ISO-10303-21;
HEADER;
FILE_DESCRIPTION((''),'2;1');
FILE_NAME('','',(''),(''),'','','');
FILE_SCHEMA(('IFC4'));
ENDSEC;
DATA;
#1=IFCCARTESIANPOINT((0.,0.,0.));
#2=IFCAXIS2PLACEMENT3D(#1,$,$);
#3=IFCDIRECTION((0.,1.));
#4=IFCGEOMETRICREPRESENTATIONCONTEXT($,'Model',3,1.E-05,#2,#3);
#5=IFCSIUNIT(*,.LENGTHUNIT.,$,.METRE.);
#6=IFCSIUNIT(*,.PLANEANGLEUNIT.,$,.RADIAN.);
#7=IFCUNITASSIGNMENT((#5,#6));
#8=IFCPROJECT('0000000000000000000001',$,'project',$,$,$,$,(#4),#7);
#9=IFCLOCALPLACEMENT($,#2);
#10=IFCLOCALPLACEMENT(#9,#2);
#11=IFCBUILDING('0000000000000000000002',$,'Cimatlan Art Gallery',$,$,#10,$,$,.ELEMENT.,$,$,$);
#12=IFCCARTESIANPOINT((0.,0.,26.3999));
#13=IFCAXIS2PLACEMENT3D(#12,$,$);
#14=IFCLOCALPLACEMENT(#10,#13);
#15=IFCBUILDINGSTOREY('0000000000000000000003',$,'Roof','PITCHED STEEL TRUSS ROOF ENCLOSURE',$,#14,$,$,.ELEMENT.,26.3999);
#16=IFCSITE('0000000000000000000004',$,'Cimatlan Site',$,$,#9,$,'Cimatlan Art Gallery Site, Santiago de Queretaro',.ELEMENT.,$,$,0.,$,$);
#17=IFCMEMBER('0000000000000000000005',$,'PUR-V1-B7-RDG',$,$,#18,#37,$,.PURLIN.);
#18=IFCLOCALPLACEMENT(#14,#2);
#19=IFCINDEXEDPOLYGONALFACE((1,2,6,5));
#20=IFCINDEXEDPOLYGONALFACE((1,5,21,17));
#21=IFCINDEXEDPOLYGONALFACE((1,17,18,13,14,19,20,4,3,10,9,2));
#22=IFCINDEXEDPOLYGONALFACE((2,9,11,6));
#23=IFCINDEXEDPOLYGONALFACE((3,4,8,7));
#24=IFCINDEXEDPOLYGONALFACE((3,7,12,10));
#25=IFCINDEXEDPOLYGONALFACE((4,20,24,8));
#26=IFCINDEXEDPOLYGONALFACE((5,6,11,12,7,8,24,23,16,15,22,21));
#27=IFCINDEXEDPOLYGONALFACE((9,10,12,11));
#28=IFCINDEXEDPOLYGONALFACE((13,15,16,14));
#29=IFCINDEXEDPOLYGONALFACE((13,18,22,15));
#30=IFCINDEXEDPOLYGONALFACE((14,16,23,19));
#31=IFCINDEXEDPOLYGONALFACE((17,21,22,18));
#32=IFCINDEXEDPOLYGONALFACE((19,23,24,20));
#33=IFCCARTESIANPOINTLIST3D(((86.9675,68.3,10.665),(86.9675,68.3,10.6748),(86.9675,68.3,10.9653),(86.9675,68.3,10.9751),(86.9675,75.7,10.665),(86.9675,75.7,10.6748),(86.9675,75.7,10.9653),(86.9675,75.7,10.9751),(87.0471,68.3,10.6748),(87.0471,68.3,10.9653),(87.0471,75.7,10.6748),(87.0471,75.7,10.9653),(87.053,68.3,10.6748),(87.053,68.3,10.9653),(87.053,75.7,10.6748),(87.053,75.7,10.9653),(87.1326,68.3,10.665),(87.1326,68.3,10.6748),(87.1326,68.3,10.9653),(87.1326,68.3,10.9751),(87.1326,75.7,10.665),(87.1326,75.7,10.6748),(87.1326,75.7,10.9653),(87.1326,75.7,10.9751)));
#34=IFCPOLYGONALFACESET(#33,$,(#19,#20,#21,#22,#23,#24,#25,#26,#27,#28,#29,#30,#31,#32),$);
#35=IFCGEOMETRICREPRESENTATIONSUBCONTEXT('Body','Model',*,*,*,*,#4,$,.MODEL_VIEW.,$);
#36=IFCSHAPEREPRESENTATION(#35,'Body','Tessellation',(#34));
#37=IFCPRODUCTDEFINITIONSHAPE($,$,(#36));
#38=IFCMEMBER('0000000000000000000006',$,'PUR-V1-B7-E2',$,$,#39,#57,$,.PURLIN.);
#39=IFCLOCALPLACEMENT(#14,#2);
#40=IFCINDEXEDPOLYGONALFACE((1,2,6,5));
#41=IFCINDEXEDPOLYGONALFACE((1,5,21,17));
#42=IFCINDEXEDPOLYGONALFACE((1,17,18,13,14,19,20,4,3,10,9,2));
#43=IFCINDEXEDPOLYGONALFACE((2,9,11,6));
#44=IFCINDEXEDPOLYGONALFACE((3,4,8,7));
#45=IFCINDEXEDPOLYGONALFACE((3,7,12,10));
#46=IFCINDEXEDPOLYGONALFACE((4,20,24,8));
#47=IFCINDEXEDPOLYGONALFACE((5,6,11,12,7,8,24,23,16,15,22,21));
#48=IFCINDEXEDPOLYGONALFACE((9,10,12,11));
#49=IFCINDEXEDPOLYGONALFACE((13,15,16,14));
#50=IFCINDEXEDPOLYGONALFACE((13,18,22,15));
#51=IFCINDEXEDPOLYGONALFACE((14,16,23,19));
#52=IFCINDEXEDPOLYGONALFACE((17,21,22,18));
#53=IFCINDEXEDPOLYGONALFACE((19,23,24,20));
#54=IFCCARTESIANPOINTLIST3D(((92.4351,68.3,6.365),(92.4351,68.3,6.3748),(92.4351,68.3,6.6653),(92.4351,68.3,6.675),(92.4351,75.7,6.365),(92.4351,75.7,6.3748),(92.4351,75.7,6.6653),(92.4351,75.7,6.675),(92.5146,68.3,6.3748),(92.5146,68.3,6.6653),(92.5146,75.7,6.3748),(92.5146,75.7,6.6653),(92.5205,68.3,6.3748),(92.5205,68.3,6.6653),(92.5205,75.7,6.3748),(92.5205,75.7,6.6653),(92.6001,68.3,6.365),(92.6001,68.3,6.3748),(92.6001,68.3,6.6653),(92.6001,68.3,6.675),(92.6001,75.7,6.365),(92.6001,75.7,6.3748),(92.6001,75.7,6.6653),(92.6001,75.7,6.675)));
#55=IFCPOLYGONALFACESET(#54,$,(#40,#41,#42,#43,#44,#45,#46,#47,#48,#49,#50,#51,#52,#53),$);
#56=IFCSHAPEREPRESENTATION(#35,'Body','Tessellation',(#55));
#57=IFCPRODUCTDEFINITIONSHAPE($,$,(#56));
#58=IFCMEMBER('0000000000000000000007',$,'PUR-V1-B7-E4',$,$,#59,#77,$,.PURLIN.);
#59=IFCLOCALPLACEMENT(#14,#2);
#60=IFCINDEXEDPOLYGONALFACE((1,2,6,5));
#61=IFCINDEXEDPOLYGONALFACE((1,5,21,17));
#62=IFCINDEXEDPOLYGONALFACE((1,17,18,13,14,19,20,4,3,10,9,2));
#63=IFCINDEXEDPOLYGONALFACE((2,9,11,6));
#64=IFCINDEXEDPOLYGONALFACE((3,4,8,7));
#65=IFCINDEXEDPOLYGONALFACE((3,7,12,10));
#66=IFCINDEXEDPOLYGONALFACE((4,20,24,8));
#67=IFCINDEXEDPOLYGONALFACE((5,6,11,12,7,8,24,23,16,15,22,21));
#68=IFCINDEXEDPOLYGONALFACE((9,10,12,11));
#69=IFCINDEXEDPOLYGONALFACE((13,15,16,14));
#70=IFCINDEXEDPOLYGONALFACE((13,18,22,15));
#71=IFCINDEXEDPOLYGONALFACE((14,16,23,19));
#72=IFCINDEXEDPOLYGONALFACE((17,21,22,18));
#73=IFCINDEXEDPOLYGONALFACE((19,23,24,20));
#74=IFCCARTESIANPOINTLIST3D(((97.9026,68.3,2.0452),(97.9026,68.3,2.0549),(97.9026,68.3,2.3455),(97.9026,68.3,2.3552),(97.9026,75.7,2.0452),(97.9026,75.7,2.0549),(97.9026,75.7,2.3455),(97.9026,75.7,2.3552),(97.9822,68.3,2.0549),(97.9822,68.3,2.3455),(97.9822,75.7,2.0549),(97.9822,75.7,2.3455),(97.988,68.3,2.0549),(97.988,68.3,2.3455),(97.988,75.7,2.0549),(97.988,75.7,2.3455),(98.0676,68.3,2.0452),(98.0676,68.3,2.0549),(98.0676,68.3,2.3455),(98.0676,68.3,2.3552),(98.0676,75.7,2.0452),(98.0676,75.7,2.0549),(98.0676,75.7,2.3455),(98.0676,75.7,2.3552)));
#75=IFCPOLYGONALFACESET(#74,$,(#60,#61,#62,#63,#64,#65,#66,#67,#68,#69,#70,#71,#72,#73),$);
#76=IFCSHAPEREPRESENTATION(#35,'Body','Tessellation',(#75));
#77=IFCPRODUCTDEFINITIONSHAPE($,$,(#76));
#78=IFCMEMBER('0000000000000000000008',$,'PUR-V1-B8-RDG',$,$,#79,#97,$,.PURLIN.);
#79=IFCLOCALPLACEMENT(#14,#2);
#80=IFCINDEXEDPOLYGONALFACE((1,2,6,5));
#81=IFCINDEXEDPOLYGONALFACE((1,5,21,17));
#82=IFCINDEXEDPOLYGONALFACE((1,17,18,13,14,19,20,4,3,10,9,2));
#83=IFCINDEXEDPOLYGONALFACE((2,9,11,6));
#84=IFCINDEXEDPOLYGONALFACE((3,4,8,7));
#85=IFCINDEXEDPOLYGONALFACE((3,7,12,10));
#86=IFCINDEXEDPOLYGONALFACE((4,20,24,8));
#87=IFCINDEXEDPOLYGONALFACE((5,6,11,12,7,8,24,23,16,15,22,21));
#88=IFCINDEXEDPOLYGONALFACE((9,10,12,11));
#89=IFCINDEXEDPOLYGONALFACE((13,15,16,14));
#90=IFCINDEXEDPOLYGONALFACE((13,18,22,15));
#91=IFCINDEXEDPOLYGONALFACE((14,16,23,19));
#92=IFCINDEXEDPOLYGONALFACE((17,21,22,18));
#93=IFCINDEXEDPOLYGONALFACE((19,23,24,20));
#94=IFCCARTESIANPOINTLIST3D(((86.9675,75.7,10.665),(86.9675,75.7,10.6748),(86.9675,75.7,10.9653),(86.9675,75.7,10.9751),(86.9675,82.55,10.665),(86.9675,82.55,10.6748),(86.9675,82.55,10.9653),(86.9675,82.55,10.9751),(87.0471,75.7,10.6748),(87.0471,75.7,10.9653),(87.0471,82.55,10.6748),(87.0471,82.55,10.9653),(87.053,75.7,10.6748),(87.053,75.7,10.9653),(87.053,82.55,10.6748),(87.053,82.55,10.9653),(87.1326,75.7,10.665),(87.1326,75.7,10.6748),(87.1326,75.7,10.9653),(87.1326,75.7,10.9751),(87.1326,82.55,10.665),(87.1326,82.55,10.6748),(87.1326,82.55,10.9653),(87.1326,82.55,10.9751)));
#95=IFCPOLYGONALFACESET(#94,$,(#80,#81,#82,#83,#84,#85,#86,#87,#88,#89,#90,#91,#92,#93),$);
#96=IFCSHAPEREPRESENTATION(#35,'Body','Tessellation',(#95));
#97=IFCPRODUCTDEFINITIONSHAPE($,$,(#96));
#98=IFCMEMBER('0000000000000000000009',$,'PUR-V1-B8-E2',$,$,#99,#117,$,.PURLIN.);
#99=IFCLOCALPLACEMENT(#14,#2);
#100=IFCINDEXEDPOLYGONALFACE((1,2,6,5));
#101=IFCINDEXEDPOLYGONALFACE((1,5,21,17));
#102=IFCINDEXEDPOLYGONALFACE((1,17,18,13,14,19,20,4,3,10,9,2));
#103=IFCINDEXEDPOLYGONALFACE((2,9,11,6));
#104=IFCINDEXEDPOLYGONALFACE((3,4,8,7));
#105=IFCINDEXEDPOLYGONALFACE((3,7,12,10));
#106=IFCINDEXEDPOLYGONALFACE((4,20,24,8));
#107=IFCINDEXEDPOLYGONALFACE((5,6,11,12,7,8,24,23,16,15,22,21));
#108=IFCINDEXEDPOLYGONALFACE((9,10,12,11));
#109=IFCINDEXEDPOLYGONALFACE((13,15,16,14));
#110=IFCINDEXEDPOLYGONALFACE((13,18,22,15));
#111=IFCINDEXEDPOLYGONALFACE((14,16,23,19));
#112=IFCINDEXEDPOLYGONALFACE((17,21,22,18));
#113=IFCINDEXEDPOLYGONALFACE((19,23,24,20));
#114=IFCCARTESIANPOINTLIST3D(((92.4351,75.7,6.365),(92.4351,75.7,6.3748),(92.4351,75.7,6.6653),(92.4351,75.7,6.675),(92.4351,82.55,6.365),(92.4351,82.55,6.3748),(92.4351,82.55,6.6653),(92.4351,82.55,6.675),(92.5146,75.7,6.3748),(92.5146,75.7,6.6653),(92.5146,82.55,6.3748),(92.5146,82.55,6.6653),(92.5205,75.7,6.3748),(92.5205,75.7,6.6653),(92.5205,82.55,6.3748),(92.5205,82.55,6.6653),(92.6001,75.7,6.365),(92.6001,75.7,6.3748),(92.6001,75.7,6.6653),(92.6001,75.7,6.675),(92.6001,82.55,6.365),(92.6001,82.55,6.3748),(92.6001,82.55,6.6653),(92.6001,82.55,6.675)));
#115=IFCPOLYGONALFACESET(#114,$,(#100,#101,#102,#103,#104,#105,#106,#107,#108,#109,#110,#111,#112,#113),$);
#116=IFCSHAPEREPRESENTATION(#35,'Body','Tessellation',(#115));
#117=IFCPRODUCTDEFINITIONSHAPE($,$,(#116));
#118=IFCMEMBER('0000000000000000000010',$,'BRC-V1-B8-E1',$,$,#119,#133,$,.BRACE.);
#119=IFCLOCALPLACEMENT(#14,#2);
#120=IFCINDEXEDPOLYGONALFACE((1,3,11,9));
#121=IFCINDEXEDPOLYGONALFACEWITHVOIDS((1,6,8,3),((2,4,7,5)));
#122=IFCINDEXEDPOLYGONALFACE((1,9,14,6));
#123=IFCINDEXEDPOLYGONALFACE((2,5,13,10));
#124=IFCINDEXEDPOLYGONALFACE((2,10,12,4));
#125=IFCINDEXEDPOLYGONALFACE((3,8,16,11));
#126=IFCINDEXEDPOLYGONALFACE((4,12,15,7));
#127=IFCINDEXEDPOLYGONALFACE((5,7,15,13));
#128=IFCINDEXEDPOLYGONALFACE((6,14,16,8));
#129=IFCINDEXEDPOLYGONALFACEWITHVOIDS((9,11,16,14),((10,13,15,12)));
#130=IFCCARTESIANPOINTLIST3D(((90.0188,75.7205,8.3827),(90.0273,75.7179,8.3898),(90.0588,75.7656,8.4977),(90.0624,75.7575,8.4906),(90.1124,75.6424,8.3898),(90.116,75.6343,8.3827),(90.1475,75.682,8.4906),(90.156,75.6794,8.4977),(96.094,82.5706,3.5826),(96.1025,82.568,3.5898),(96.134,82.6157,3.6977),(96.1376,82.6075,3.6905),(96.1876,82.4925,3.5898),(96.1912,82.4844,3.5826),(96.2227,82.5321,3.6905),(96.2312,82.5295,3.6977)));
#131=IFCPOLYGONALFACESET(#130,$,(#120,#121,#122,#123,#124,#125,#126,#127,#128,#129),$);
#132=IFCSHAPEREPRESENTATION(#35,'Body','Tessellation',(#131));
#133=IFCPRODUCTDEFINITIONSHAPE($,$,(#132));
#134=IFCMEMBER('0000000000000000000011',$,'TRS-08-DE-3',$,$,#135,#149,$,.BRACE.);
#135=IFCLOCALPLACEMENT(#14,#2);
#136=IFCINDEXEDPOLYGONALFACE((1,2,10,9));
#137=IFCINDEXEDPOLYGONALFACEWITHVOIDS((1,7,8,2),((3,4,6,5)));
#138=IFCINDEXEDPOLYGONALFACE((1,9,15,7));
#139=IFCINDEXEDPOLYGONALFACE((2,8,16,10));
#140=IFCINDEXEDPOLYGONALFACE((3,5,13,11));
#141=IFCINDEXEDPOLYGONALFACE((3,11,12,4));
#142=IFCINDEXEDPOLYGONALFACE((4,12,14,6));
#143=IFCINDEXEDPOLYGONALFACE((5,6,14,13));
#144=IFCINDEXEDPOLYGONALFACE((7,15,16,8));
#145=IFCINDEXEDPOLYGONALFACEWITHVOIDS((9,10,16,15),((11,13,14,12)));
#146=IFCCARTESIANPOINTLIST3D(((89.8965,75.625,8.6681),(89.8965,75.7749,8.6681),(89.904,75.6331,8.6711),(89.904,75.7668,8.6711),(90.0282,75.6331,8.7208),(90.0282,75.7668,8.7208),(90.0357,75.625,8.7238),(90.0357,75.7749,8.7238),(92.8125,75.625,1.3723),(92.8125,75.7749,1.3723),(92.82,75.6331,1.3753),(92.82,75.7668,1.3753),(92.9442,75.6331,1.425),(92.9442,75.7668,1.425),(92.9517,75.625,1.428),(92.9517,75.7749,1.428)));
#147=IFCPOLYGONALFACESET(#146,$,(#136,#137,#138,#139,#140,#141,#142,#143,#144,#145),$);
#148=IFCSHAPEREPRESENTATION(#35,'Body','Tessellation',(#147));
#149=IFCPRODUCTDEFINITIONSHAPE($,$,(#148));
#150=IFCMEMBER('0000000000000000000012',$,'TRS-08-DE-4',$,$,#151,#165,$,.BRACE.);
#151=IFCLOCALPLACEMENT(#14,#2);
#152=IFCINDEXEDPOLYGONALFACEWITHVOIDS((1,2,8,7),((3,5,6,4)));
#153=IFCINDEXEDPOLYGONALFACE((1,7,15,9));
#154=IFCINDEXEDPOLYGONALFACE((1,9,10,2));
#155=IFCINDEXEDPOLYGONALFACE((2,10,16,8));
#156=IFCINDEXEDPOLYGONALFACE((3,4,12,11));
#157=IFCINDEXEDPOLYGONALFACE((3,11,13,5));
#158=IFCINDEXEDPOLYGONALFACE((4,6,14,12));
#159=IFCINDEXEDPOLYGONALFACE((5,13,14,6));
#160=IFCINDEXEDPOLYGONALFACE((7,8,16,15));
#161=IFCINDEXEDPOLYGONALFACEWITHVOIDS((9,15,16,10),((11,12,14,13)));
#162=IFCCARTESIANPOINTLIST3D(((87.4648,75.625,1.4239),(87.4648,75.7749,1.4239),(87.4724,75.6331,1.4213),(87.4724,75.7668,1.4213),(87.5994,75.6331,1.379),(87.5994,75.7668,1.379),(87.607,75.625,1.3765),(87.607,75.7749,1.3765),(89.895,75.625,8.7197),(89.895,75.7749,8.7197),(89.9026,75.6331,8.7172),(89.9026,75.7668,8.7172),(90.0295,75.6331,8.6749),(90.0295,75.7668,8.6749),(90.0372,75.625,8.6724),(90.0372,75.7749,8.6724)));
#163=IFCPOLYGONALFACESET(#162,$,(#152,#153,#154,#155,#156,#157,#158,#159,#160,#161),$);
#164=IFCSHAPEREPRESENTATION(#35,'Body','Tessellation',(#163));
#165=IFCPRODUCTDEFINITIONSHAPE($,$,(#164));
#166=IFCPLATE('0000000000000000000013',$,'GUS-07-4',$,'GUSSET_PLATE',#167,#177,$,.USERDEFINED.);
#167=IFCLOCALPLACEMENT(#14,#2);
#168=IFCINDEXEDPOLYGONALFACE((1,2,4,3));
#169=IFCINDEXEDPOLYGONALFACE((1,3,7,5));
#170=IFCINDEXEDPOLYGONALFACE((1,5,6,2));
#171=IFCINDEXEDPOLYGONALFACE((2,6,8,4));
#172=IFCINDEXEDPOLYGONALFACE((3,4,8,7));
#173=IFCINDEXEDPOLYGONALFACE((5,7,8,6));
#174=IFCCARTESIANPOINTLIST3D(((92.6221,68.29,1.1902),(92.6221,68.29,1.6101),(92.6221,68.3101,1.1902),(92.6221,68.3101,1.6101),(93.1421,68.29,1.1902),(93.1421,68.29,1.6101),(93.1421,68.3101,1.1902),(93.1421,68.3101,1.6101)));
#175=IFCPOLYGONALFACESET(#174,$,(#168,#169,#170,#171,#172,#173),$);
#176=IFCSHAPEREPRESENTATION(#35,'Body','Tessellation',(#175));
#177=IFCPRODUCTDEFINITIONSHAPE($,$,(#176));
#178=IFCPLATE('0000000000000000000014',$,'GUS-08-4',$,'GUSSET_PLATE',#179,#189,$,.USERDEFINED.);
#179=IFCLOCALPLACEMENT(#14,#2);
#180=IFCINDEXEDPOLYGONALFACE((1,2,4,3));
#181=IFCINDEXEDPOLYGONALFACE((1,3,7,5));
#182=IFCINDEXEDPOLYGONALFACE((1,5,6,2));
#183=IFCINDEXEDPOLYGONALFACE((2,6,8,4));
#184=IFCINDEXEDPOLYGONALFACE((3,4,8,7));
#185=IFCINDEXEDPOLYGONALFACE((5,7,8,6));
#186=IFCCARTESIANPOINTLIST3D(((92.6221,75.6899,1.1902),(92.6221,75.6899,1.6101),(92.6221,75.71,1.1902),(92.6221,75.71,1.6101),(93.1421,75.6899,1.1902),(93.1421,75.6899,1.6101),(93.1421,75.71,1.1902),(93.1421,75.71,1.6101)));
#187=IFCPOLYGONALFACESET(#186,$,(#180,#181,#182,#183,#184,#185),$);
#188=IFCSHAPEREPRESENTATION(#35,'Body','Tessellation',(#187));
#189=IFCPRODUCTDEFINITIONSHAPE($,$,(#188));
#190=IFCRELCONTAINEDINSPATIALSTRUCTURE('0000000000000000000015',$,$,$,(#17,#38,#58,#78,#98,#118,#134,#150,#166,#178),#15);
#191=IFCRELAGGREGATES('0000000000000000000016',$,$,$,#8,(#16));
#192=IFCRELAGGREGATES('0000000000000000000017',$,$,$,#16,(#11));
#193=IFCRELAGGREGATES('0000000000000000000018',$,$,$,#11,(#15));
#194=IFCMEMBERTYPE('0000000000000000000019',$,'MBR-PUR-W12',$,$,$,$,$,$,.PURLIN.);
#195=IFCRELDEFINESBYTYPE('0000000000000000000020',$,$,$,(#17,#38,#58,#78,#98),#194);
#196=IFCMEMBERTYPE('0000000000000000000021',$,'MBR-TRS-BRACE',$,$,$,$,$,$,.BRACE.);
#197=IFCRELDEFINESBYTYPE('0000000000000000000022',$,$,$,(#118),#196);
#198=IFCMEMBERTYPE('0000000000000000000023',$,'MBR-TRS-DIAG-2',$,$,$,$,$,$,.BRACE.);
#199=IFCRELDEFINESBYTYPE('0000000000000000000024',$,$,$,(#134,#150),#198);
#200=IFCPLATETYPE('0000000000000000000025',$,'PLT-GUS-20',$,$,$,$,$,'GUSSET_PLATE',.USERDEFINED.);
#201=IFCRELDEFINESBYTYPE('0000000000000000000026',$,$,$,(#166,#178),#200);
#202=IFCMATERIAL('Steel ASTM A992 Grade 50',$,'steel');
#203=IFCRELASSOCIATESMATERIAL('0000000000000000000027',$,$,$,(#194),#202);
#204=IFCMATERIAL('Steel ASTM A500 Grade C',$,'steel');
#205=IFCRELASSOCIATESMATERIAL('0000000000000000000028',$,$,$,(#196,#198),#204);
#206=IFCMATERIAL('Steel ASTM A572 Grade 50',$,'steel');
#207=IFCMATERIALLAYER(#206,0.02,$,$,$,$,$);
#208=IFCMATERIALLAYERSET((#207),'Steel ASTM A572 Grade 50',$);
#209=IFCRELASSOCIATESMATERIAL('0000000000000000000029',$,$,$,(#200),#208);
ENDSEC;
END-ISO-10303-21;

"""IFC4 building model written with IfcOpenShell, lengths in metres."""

from ifc_helpers import new_model, si_unit, direction, frame, origin, origin_2d, place, context, subcontext, project, spatial, rectangle, hollow_rectangle, i_section, extrude, material, layer, layer_set, material_profile, profile_set, type_object, element, save


model = new_model("IFC4")

# Units and contexts
model_context = context("Model", 3, precision=1e-05, world=origin(), true_north=direction((0.0, 1.0)))
body_context = subcontext(model_context, "Body", "Model", "MODEL_VIEW")
ifc_project = project(units=[si_unit("LENGTHUNIT", "METRE"), si_unit("PLANEANGLEUNIT", "RADIAN")], contexts=[model_context])

# Site, building, storey
site_placement = place(None, origin())
site = spatial("IfcSite", under=ifc_project, at=site_placement, Name="Cimatlan Site", LongName="Cimatlan Art Gallery Site, Santiago de Queretaro", CompositionType="ELEMENT", RefElevation=0.0)
building_placement = place(site_placement, origin())
building = spatial("IfcBuilding", under=site, at=building_placement, Name="Cimatlan Art Gallery", CompositionType="ELEMENT")
storey_placement = place(building_placement, frame((0.0, 0.0, 26.3999)))
storey = spatial("IfcBuildingStorey", under=building, at=storey_placement, Name="Roof", Description="PITCHED STEEL TRUSS ROOF ENCLOSURE", CompositionType="ELEMENT", Elevation=26.3999)

# Shared definitions
ifc_material_1 = material(Name="Steel ASTM A992 Grade 50", Category="steel")

# Members
ifc_material_2 = material(Name="Steel ASTM A500 Grade C", Category="steel")
ifc_material_profile_1 = material_profile(ifc_material_1, i_section(OverallWidth=0.165, OverallDepth=0.3101, WebThickness=0.0059, FlangeThickness=0.0098, at=origin_2d()), Name="W12X26")
ifc_profile_set_1 = profile_set([ifc_material_profile_1], Name="Steel ASTM A992 Grade 50")
member_type_1 = type_object("IfcMemberType", Name="MBR-PUR-W12", PredefinedType="PURLIN", material=ifc_profile_set_1)
for number, where, z_axis, x_axis, name in (
    (1, (87.05, 68.3, 10.8201), (0.0, 1.0, 0.0), (-1.0, 0.0, 0.0), "PUR-V1-B7-RDG"),
    (2, (92.5176, 68.3, 6.52), (0.0, 1.0, 0.0), (-1.0, 0.0, 0.0), "PUR-V1-B7-E2"),
    (3, (97.9851, 68.3, 2.2002), (0.0, 1.0, 0.0), (-1.0, 0.0, 0.0), "PUR-V1-B7-E4"),
):
    element("IfcMember", number, at=place(storey_placement, frame(where, z_axis=z_axis, x_axis=x_axis)), inside=storey, type_object=member_type_1, Name=name, PredefinedType="PURLIN", context=body_context, shape_type="SweptSolid", body=[
        extrude(i_section(OverallWidth=0.165, OverallDepth=0.3101, WebThickness=0.0059, FlangeThickness=0.0098, at=origin_2d()), origin(), (0.0, 0.0, 1.0), 7.3999),
    ])
for number, where, z_axis, x_axis, name in (
    (4, (87.05, 75.7, 10.8201), (0.0, 1.0, 0.0), (-1.0, 0.0, 0.0), "PUR-V1-B8-RDG"),
    (5, (92.5176, 75.7, 6.52), (0.0, 1.0, 0.0), (-1.0, 0.0, 0.0), "PUR-V1-B8-E2"),
):
    element("IfcMember", number, at=place(storey_placement, frame(where, z_axis=z_axis, x_axis=x_axis)), inside=storey, type_object=member_type_1, Name=name, PredefinedType="PURLIN", context=body_context, shape_type="SweptSolid", body=[
        extrude(i_section(OverallWidth=0.165, OverallDepth=0.3101, WebThickness=0.0059, FlangeThickness=0.0098, at=origin_2d()), origin(), (0.0, 0.0, 1.0), 6.8501),
    ])
ifc_material_profile_2 = material_profile(ifc_material_2, hollow_rectangle(XDim=0.1299, YDim=0.1299, WallThickness=0.0081, at=origin_2d()), Name="HSS130X130X8")
ifc_profile_set_2 = profile_set([ifc_material_profile_2], Name="Steel ASTM A500 Grade C")
member_type_2 = type_object("IfcMemberType", Name="MBR-TRS-BRACE", PredefinedType="BRACE", material=ifc_profile_set_2)
member_1_placement = place(storey_placement, frame((90.0874, 75.7, 8.4402), z_axis=(0.587662, 0.662619, -0.464315), x_axis=(-0.748156, 0.663523, 0.0)))
element("IfcMember", 6, at=member_1_placement, inside=storey, type_object=member_type_2, Name="BRC-V1-B8-E1", PredefinedType="BRACE", context=body_context, shape_type="SweptSolid", body=[
    extrude(hollow_rectangle(XDim=0.1299, YDim=0.1299, WallThickness=0.0081, at=origin_2d()), origin(), (0.0, 0.0, 1.0), 10.3379),
])
ifc_material_profile_3 = material_profile(ifc_material_2, hollow_rectangle(XDim=0.1499, YDim=0.1499, WallThickness=0.0081, at=origin_2d()), Name="HSS150X150X8")
ifc_profile_set_3 = profile_set([ifc_material_profile_3], Name="Steel ASTM A500 Grade C")
member_type_3 = type_object("IfcMemberType", Name="MBR-TRS-DIAG-2", PredefinedType="BRACE", material=ifc_profile_set_3)
member_2_placement = place(storey_placement, frame((92.8821, 75.7, 1.4001), z_axis=(-0.371134, 0.0, 0.92858), x_axis=(0.0, -1.0, 0.0)))
element("IfcMember", 7, at=member_2_placement, inside=storey, type_object=member_type_3, Name="TRS-08-DE-3", PredefinedType="BRACE", context=body_context, shape_type="SweptSolid", body=[
    extrude(hollow_rectangle(XDim=0.1499, YDim=0.1499, WallThickness=0.0081, at=origin_2d()), origin(), (0.0, 0.0, 1.0), 7.8569),
])
member_3_placement = place(storey_placement, frame((89.9661, 75.7, 8.696), z_axis=(-0.316018, 0.0, -0.948753), x_axis=(0.0, -1.0, 0.0)))
element("IfcMember", 8, at=member_3_placement, inside=storey, type_object=member_type_3, Name="TRS-08-DE-4", PredefinedType="BRACE", context=body_context, shape_type="SweptSolid", body=[
    extrude(hollow_rectangle(XDim=0.1499, YDim=0.1499, WallThickness=0.0081, at=origin_2d()), origin(), (0.0, 0.0, 1.0), 7.6899),
])

# Plates
ifc_material_3 = material(Name="Steel ASTM A572 Grade 50", Category="steel")
ifc_layer_1 = layer(ifc_material_3, 0.02)
ifc_layer_set_1 = layer_set([ifc_layer_1], Name="Steel ASTM A572 Grade 50")
plate_type_1 = type_object("IfcPlateType", Name="PLT-GUS-20", ElementType="GUSSET_PLATE", PredefinedType="USERDEFINED", material=ifc_layer_set_1)
for number, where, z_axis, x_axis, name in (
    (9, (92.8821, 68.3, 1.1902), (0.0, 0.0, 1.0), (1.0, 0.0, 0.0), "GUS-07-4"),
    (10, (92.8821, 75.7, 1.1902), (0.0, 0.0, 1.0), (1.0, 0.0, 0.0), "GUS-08-4"),
):
    element("IfcPlate", number, at=place(storey_placement, frame(where, z_axis=z_axis, x_axis=x_axis)), inside=storey, type_object=plate_type_1, Name=name, ObjectType="GUSSET_PLATE", PredefinedType="USERDEFINED", context=body_context, shape_type="SweptSolid", body=[
        extrude(rectangle(XDim=0.52, YDim=0.02, at=origin_2d()), origin(), (0.0, 0.0, 1.0), 0.4199),
    ])

save(model, "model.ifc")
